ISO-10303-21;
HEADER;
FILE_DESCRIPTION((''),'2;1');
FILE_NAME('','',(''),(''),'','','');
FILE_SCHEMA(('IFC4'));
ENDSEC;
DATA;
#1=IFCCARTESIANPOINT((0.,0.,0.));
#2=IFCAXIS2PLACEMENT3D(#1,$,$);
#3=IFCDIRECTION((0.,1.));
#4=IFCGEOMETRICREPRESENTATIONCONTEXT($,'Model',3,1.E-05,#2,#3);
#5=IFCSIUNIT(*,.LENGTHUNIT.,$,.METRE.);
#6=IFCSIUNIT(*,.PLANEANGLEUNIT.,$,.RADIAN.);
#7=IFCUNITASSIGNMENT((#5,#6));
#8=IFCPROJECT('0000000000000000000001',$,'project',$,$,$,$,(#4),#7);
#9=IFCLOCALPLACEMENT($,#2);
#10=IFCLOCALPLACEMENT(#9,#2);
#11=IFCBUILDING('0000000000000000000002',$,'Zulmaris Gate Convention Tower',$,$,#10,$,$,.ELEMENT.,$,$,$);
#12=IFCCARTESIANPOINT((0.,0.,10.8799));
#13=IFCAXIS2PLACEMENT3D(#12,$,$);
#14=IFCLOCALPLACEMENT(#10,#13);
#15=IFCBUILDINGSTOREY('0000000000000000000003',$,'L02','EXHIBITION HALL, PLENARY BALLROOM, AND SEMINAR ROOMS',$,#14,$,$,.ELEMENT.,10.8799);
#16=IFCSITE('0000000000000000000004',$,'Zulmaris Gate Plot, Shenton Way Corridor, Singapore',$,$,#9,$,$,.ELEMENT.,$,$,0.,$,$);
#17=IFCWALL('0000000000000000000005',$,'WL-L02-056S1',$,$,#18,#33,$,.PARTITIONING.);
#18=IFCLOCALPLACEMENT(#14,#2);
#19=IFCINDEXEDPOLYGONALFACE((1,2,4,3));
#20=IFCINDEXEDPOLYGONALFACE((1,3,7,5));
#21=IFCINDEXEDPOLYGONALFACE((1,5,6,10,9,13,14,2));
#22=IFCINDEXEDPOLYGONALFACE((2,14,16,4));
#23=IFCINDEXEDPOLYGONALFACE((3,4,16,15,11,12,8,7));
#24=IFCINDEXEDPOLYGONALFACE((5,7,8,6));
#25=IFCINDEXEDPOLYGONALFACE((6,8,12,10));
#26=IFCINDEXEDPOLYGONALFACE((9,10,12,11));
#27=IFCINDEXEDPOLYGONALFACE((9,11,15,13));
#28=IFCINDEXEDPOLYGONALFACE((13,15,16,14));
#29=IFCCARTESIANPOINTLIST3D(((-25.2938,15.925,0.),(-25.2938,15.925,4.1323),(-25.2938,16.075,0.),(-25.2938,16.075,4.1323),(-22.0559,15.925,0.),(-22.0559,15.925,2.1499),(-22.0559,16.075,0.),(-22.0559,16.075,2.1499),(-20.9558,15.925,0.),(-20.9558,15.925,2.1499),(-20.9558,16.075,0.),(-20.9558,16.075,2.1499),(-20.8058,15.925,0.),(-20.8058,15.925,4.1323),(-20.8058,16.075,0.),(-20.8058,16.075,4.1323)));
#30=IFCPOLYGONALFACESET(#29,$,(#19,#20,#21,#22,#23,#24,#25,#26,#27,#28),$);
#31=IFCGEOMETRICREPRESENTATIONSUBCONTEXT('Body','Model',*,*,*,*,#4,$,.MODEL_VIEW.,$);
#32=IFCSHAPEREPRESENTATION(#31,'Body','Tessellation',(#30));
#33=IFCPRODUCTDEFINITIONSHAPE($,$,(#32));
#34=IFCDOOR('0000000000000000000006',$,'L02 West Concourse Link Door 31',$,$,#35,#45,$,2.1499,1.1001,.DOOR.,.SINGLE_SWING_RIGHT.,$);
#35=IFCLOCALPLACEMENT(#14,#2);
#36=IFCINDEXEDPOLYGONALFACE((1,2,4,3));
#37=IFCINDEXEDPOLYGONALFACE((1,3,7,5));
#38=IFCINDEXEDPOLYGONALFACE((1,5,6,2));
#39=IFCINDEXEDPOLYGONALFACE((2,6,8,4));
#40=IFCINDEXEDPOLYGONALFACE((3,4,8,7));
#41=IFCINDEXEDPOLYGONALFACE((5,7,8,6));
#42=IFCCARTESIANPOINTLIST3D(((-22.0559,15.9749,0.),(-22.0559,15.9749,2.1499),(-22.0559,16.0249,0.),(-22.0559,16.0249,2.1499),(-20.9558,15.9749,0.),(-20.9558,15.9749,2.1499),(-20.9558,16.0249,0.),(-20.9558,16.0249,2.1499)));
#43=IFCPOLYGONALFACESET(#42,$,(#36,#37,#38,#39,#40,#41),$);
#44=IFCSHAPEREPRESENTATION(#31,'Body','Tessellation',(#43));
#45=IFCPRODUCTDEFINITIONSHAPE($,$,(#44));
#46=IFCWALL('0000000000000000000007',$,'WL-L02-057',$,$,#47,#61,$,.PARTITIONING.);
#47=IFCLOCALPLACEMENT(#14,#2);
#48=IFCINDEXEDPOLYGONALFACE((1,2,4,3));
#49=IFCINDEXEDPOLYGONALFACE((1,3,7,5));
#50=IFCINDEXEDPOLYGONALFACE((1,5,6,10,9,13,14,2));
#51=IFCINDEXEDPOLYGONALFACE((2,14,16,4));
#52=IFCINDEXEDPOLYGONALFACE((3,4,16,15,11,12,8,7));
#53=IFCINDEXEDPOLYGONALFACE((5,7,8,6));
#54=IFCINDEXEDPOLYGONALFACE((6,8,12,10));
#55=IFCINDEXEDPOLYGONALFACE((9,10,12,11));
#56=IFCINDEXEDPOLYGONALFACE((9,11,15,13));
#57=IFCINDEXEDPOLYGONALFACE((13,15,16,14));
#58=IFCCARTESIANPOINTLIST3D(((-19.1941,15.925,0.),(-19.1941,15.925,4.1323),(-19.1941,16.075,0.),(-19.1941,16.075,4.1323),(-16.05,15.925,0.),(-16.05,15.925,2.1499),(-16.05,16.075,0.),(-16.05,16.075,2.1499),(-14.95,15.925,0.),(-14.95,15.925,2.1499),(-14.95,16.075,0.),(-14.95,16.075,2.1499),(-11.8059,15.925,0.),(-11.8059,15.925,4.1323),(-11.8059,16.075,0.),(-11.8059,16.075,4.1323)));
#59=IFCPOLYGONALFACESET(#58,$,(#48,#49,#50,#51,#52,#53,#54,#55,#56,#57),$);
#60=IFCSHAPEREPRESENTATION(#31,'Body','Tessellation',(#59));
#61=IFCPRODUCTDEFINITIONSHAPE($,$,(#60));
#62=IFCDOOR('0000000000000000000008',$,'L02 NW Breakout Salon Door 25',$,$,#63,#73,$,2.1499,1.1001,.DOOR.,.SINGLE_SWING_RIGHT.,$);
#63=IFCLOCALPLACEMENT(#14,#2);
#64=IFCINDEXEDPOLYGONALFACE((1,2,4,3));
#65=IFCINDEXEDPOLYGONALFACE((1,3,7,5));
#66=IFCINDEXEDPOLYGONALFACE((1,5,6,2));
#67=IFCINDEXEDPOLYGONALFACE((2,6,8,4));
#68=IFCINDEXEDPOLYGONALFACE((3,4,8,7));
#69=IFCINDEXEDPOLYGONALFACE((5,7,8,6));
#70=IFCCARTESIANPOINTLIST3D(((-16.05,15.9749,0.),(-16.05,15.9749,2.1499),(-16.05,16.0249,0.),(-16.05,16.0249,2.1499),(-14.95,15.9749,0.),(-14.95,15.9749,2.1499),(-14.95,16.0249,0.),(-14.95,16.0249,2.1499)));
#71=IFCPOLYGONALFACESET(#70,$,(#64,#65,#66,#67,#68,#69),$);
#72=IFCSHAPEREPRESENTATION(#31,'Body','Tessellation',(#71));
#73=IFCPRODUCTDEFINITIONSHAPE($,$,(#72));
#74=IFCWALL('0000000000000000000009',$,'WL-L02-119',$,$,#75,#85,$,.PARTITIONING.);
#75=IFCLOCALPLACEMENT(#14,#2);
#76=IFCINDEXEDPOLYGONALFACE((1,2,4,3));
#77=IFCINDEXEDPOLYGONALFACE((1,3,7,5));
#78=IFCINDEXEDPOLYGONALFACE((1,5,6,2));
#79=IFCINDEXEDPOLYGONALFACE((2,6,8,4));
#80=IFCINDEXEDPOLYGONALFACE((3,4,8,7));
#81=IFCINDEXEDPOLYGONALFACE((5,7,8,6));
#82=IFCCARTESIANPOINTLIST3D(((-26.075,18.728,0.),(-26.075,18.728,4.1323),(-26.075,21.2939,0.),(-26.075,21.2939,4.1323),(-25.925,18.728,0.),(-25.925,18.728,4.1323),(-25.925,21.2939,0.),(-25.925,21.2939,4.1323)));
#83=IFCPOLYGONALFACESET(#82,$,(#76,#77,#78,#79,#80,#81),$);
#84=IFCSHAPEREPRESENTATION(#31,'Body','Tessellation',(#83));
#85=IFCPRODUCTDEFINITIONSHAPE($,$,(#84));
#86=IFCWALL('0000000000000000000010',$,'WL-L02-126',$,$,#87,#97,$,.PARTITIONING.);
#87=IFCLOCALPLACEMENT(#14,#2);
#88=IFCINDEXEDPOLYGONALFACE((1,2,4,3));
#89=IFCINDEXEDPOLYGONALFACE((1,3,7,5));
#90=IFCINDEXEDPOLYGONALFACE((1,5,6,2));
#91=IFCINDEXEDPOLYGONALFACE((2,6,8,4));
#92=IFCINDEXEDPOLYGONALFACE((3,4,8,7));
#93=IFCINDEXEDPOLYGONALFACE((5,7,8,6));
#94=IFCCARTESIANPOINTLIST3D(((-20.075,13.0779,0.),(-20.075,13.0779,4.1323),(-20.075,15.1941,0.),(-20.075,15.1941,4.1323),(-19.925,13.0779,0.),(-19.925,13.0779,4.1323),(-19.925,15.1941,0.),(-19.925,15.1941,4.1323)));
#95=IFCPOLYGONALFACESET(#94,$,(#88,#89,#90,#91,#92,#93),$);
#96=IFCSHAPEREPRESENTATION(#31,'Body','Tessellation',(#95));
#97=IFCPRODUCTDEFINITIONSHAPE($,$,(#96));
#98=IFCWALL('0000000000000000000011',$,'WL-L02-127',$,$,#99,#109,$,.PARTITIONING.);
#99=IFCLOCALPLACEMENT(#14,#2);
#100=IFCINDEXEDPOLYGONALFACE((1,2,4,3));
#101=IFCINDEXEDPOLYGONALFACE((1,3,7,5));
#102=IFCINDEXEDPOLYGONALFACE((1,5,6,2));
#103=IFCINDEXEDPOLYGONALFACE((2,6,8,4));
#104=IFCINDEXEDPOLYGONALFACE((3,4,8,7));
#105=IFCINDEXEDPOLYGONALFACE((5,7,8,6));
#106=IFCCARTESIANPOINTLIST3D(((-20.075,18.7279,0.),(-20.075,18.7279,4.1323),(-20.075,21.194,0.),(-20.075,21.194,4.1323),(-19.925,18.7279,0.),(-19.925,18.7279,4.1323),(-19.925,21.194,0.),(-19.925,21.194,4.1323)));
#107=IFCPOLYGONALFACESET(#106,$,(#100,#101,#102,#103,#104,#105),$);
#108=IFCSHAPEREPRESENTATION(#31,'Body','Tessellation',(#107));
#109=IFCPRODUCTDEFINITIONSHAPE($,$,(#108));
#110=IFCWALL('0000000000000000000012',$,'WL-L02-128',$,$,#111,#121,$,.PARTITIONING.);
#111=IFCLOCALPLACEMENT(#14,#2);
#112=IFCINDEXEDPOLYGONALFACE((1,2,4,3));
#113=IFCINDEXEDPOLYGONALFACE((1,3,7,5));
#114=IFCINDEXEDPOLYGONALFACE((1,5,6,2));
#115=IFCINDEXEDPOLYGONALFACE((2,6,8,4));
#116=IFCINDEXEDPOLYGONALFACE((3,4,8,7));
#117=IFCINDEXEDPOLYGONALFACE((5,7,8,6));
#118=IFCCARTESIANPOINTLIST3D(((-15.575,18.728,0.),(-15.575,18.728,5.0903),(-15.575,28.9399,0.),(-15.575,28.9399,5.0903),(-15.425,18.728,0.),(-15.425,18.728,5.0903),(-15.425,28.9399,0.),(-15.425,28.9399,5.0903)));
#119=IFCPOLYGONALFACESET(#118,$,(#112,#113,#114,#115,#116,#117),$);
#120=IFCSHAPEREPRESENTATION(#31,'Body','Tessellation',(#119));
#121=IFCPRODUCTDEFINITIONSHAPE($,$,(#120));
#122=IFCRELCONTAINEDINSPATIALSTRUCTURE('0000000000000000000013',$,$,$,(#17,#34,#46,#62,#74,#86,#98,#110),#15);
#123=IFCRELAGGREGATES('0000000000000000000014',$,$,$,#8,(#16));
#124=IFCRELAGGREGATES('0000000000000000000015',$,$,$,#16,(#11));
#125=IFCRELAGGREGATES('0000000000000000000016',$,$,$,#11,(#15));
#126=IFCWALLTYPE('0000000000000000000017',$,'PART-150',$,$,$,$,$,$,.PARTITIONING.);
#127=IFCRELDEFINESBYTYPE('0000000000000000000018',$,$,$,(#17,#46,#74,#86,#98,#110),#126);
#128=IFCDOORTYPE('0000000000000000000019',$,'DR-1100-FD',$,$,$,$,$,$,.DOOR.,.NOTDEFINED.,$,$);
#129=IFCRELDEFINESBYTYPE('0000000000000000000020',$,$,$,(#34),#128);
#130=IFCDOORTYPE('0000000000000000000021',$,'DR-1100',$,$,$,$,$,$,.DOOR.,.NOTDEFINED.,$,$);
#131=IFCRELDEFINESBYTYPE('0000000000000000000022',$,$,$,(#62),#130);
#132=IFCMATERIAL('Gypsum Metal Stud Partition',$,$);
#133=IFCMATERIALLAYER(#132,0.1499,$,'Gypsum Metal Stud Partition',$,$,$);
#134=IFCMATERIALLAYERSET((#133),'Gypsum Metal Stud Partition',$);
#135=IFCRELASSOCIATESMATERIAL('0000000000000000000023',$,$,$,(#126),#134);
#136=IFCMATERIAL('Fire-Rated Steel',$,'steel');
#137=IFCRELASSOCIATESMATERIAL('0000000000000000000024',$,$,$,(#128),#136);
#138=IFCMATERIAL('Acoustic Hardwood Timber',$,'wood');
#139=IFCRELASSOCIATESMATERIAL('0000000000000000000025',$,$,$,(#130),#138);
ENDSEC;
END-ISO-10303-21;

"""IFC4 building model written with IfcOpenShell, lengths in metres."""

from ifc_helpers import new_model, si_unit, direction, frame, frame_2d, origin, place, context, subcontext, project, spatial, rectangle, extrude, material, layer, layer_set, type_object, element, fill, save


model = new_model("IFC4")

# Units and contexts
model_context = context("Model", 3, precision=1e-05, world=origin(), true_north=direction((0.0, 1.0)))
body_context = subcontext(model_context, "Body", "Model", "MODEL_VIEW")
ifc_project = project(units=[si_unit("LENGTHUNIT", "METRE"), si_unit("PLANEANGLEUNIT", "RADIAN")], contexts=[model_context])

# Site, building, storey
site_placement = place(None, origin())
site = spatial("IfcSite", under=ifc_project, at=site_placement, Name="Zulmaris Gate Plot, Shenton Way Corridor, Singapore", CompositionType="ELEMENT", RefElevation=0.0)
building_placement = place(site_placement, origin())
building = spatial("IfcBuilding", under=site, at=building_placement, Name="Zulmaris Gate Convention Tower", CompositionType="ELEMENT")
storey_placement = place(building_placement, frame((0.0, 0.0, 10.8799)))
storey = spatial("IfcBuildingStorey", under=building, at=storey_placement, Name="L02", Description="EXHIBITION HALL, PLENARY BALLROOM, AND SEMINAR ROOMS", CompositionType="ELEMENT", Elevation=10.8799)

# Walls, openings, doors
ifc_material_1 = material(Name="Gypsum Metal Stud Partition")
ifc_layer = layer(ifc_material_1, 0.1499, Name="Gypsum Metal Stud Partition")
ifc_layer_set = layer_set([ifc_layer], Name="Gypsum Metal Stud Partition")
wall_type = type_object("IfcWallType", Name="PART-150", PredefinedType="PARTITIONING", material=ifc_layer_set)
ifc_material_2 = material(Name="Fire-Rated Steel", Category="steel")
door_type_1 = type_object("IfcDoorType", Name="DR-1100-FD", OperationType="NOTDEFINED", PredefinedType="DOOR", material=ifc_material_2)
wall_1_placement = place(storey_placement, frame((-25.2939, 16.0, 0.0), z_axis=(0.0, 0.0, 1.0), x_axis=(1.0, 0.0, 0.0)))
wall_1 = element("IfcWall", 1, at=wall_1_placement, inside=storey, type_object=wall_type, Name="WL-L02-056S1", PredefinedType="PARTITIONING", context=body_context, shape_type="SweptSolid", body=[
    extrude(rectangle(XDim=4.488, YDim=0.1499, at=frame_2d((2.2441, 0.0))), origin(), (0.0, 0.0, 1.0), 4.1323),
])
opening_1_placement = place(wall_1_placement, frame((3.238, 0.0, 0.0)))
opening_1 = element("IfcOpeningElement", 2, at=opening_1_placement, cuts=wall_1, PredefinedType="OPENING", context=body_context, shape_type="SweptSolid", body=[
    extrude(rectangle(XDim=1.1001, YDim=2.1499, at=frame_2d((0.55, 1.075))), frame((0.0, 0.085, 0.0), z_axis=(0.0, -1.0, 0.0), x_axis=(1.0, 0.0, 0.0)), (0.0, 0.0, 1.0), 0.1699),
])
door_1_placement = place(opening_1_placement, origin())
door_1 = element("IfcDoor", 3, at=door_1_placement, inside=storey, type_object=door_type_1, Name="L02 West Concourse Link Door 31", OperationType="SINGLE_SWING_RIGHT", OverallHeight=2.1499, OverallWidth=1.1001, PredefinedType="DOOR", context=body_context, shape_type="SweptSolid", body=[
    extrude(rectangle(XDim=1.1001, YDim=2.1499, at=frame_2d((0.55, 1.075))), frame((0.0, 0.0249, 0.0), z_axis=(0.0, -1.0, 0.0), x_axis=(1.0, 0.0, 0.0)), (0.0, 0.0, 1.0), 0.05),
])
fill(opening_1, door_1)
wall_2_placement = place(storey_placement, frame((-19.1941, 16.0, 0.0), z_axis=(0.0, 0.0, 1.0), x_axis=(1.0, 0.0, 0.0)))
wall_2 = element("IfcWall", 4, at=wall_2_placement, inside=storey, type_object=wall_type, Name="WL-L02-057", PredefinedType="PARTITIONING", context=body_context, shape_type="SweptSolid", body=[
    extrude(rectangle(XDim=7.3882, YDim=0.1499, at=frame_2d((3.6941, 0.0))), origin(), (0.0, 0.0, 1.0), 4.1323),
])
opening_2_placement = place(wall_2_placement, frame((3.144, 0.0, 0.0)))
opening_2 = element("IfcOpeningElement", 5, at=opening_2_placement, cuts=wall_2, PredefinedType="OPENING", context=body_context, shape_type="SweptSolid", body=[
    extrude(rectangle(XDim=1.1001, YDim=2.1499, at=frame_2d((0.55, 1.075))), frame((0.0, 0.085, 0.0), z_axis=(0.0, -1.0, 0.0), x_axis=(1.0, 0.0, 0.0)), (0.0, 0.0, 1.0), 0.1699),
])
ifc_material_3 = material(Name="Acoustic Hardwood Timber", Category="wood")
door_type_2 = type_object("IfcDoorType", Name="DR-1100", OperationType="NOTDEFINED", PredefinedType="DOOR", material=ifc_material_3)
door_2_placement = place(opening_2_placement, origin())
door_2 = element("IfcDoor", 6, at=door_2_placement, inside=storey, type_object=door_type_2, Name="L02 NW Breakout Salon Door 25", OperationType="SINGLE_SWING_RIGHT", OverallHeight=2.1499, OverallWidth=1.1001, PredefinedType="DOOR", context=body_context, shape_type="SweptSolid", body=[
    extrude(rectangle(XDim=1.1001, YDim=2.1499, at=frame_2d((0.55, 1.075))), frame((0.0, 0.0249, 0.0), z_axis=(0.0, -1.0, 0.0), x_axis=(1.0, 0.0, 0.0)), (0.0, 0.0, 1.0), 0.05),
])
fill(opening_2, door_2)

# Wall
wall_3_placement = place(storey_placement, frame((-26.0, 18.728, 0.0), z_axis=(0.0, 0.0, 1.0), x_axis=(0.0, 1.0, 0.0)))
element("IfcWall", 7, at=wall_3_placement, inside=storey, type_object=wall_type, Name="WL-L02-119", PredefinedType="PARTITIONING", context=body_context, shape_type="SweptSolid", body=[
    extrude(rectangle(XDim=2.5659, YDim=0.1499, at=frame_2d((1.283, 0.0))), origin(), (0.0, 0.0, 1.0), 4.1323),
])

# Walls
wall_4_placement = place(storey_placement, frame((-20.0, 13.0779, 0.0), z_axis=(0.0, 0.0, 1.0), x_axis=(0.0, 1.0, 0.0)))
element("IfcWall", 8, at=wall_4_placement, inside=storey, type_object=wall_type, Name="WL-L02-126", PredefinedType="PARTITIONING", context=body_context, shape_type="SweptSolid", body=[
    extrude(rectangle(XDim=2.1162, YDim=0.1499, at=frame_2d((1.0581, 0.0))), origin(), (0.0, 0.0, 1.0), 4.1323),
])
wall_5_placement = place(storey_placement, frame((-20.0, 18.728, 0.0), z_axis=(0.0, 0.0, 1.0), x_axis=(0.0, 1.0, 0.0)))
element("IfcWall", 9, at=wall_5_placement, inside=storey, type_object=wall_type, Name="WL-L02-127", PredefinedType="PARTITIONING", context=body_context, shape_type="SweptSolid", body=[
    extrude(rectangle(XDim=2.4661, YDim=0.1499, at=frame_2d((1.2329, 0.0))), origin(), (0.0, 0.0, 1.0), 4.1323),
])
wall_6_placement = place(storey_placement, frame((-15.5, 18.728, 0.0), z_axis=(0.0, 0.0, 1.0), x_axis=(0.0, 1.0, 0.0)))
element("IfcWall", 10, at=wall_6_placement, inside=storey, type_object=wall_type, Name="WL-L02-128", PredefinedType="PARTITIONING", context=body_context, shape_type="SweptSolid", body=[
    extrude(rectangle(XDim=10.2119, YDim=0.1499, at=frame_2d((5.106, 0.0))), origin(), (0.0, 0.0, 1.0), 5.0903),
])

save(model, "model.ifc")
